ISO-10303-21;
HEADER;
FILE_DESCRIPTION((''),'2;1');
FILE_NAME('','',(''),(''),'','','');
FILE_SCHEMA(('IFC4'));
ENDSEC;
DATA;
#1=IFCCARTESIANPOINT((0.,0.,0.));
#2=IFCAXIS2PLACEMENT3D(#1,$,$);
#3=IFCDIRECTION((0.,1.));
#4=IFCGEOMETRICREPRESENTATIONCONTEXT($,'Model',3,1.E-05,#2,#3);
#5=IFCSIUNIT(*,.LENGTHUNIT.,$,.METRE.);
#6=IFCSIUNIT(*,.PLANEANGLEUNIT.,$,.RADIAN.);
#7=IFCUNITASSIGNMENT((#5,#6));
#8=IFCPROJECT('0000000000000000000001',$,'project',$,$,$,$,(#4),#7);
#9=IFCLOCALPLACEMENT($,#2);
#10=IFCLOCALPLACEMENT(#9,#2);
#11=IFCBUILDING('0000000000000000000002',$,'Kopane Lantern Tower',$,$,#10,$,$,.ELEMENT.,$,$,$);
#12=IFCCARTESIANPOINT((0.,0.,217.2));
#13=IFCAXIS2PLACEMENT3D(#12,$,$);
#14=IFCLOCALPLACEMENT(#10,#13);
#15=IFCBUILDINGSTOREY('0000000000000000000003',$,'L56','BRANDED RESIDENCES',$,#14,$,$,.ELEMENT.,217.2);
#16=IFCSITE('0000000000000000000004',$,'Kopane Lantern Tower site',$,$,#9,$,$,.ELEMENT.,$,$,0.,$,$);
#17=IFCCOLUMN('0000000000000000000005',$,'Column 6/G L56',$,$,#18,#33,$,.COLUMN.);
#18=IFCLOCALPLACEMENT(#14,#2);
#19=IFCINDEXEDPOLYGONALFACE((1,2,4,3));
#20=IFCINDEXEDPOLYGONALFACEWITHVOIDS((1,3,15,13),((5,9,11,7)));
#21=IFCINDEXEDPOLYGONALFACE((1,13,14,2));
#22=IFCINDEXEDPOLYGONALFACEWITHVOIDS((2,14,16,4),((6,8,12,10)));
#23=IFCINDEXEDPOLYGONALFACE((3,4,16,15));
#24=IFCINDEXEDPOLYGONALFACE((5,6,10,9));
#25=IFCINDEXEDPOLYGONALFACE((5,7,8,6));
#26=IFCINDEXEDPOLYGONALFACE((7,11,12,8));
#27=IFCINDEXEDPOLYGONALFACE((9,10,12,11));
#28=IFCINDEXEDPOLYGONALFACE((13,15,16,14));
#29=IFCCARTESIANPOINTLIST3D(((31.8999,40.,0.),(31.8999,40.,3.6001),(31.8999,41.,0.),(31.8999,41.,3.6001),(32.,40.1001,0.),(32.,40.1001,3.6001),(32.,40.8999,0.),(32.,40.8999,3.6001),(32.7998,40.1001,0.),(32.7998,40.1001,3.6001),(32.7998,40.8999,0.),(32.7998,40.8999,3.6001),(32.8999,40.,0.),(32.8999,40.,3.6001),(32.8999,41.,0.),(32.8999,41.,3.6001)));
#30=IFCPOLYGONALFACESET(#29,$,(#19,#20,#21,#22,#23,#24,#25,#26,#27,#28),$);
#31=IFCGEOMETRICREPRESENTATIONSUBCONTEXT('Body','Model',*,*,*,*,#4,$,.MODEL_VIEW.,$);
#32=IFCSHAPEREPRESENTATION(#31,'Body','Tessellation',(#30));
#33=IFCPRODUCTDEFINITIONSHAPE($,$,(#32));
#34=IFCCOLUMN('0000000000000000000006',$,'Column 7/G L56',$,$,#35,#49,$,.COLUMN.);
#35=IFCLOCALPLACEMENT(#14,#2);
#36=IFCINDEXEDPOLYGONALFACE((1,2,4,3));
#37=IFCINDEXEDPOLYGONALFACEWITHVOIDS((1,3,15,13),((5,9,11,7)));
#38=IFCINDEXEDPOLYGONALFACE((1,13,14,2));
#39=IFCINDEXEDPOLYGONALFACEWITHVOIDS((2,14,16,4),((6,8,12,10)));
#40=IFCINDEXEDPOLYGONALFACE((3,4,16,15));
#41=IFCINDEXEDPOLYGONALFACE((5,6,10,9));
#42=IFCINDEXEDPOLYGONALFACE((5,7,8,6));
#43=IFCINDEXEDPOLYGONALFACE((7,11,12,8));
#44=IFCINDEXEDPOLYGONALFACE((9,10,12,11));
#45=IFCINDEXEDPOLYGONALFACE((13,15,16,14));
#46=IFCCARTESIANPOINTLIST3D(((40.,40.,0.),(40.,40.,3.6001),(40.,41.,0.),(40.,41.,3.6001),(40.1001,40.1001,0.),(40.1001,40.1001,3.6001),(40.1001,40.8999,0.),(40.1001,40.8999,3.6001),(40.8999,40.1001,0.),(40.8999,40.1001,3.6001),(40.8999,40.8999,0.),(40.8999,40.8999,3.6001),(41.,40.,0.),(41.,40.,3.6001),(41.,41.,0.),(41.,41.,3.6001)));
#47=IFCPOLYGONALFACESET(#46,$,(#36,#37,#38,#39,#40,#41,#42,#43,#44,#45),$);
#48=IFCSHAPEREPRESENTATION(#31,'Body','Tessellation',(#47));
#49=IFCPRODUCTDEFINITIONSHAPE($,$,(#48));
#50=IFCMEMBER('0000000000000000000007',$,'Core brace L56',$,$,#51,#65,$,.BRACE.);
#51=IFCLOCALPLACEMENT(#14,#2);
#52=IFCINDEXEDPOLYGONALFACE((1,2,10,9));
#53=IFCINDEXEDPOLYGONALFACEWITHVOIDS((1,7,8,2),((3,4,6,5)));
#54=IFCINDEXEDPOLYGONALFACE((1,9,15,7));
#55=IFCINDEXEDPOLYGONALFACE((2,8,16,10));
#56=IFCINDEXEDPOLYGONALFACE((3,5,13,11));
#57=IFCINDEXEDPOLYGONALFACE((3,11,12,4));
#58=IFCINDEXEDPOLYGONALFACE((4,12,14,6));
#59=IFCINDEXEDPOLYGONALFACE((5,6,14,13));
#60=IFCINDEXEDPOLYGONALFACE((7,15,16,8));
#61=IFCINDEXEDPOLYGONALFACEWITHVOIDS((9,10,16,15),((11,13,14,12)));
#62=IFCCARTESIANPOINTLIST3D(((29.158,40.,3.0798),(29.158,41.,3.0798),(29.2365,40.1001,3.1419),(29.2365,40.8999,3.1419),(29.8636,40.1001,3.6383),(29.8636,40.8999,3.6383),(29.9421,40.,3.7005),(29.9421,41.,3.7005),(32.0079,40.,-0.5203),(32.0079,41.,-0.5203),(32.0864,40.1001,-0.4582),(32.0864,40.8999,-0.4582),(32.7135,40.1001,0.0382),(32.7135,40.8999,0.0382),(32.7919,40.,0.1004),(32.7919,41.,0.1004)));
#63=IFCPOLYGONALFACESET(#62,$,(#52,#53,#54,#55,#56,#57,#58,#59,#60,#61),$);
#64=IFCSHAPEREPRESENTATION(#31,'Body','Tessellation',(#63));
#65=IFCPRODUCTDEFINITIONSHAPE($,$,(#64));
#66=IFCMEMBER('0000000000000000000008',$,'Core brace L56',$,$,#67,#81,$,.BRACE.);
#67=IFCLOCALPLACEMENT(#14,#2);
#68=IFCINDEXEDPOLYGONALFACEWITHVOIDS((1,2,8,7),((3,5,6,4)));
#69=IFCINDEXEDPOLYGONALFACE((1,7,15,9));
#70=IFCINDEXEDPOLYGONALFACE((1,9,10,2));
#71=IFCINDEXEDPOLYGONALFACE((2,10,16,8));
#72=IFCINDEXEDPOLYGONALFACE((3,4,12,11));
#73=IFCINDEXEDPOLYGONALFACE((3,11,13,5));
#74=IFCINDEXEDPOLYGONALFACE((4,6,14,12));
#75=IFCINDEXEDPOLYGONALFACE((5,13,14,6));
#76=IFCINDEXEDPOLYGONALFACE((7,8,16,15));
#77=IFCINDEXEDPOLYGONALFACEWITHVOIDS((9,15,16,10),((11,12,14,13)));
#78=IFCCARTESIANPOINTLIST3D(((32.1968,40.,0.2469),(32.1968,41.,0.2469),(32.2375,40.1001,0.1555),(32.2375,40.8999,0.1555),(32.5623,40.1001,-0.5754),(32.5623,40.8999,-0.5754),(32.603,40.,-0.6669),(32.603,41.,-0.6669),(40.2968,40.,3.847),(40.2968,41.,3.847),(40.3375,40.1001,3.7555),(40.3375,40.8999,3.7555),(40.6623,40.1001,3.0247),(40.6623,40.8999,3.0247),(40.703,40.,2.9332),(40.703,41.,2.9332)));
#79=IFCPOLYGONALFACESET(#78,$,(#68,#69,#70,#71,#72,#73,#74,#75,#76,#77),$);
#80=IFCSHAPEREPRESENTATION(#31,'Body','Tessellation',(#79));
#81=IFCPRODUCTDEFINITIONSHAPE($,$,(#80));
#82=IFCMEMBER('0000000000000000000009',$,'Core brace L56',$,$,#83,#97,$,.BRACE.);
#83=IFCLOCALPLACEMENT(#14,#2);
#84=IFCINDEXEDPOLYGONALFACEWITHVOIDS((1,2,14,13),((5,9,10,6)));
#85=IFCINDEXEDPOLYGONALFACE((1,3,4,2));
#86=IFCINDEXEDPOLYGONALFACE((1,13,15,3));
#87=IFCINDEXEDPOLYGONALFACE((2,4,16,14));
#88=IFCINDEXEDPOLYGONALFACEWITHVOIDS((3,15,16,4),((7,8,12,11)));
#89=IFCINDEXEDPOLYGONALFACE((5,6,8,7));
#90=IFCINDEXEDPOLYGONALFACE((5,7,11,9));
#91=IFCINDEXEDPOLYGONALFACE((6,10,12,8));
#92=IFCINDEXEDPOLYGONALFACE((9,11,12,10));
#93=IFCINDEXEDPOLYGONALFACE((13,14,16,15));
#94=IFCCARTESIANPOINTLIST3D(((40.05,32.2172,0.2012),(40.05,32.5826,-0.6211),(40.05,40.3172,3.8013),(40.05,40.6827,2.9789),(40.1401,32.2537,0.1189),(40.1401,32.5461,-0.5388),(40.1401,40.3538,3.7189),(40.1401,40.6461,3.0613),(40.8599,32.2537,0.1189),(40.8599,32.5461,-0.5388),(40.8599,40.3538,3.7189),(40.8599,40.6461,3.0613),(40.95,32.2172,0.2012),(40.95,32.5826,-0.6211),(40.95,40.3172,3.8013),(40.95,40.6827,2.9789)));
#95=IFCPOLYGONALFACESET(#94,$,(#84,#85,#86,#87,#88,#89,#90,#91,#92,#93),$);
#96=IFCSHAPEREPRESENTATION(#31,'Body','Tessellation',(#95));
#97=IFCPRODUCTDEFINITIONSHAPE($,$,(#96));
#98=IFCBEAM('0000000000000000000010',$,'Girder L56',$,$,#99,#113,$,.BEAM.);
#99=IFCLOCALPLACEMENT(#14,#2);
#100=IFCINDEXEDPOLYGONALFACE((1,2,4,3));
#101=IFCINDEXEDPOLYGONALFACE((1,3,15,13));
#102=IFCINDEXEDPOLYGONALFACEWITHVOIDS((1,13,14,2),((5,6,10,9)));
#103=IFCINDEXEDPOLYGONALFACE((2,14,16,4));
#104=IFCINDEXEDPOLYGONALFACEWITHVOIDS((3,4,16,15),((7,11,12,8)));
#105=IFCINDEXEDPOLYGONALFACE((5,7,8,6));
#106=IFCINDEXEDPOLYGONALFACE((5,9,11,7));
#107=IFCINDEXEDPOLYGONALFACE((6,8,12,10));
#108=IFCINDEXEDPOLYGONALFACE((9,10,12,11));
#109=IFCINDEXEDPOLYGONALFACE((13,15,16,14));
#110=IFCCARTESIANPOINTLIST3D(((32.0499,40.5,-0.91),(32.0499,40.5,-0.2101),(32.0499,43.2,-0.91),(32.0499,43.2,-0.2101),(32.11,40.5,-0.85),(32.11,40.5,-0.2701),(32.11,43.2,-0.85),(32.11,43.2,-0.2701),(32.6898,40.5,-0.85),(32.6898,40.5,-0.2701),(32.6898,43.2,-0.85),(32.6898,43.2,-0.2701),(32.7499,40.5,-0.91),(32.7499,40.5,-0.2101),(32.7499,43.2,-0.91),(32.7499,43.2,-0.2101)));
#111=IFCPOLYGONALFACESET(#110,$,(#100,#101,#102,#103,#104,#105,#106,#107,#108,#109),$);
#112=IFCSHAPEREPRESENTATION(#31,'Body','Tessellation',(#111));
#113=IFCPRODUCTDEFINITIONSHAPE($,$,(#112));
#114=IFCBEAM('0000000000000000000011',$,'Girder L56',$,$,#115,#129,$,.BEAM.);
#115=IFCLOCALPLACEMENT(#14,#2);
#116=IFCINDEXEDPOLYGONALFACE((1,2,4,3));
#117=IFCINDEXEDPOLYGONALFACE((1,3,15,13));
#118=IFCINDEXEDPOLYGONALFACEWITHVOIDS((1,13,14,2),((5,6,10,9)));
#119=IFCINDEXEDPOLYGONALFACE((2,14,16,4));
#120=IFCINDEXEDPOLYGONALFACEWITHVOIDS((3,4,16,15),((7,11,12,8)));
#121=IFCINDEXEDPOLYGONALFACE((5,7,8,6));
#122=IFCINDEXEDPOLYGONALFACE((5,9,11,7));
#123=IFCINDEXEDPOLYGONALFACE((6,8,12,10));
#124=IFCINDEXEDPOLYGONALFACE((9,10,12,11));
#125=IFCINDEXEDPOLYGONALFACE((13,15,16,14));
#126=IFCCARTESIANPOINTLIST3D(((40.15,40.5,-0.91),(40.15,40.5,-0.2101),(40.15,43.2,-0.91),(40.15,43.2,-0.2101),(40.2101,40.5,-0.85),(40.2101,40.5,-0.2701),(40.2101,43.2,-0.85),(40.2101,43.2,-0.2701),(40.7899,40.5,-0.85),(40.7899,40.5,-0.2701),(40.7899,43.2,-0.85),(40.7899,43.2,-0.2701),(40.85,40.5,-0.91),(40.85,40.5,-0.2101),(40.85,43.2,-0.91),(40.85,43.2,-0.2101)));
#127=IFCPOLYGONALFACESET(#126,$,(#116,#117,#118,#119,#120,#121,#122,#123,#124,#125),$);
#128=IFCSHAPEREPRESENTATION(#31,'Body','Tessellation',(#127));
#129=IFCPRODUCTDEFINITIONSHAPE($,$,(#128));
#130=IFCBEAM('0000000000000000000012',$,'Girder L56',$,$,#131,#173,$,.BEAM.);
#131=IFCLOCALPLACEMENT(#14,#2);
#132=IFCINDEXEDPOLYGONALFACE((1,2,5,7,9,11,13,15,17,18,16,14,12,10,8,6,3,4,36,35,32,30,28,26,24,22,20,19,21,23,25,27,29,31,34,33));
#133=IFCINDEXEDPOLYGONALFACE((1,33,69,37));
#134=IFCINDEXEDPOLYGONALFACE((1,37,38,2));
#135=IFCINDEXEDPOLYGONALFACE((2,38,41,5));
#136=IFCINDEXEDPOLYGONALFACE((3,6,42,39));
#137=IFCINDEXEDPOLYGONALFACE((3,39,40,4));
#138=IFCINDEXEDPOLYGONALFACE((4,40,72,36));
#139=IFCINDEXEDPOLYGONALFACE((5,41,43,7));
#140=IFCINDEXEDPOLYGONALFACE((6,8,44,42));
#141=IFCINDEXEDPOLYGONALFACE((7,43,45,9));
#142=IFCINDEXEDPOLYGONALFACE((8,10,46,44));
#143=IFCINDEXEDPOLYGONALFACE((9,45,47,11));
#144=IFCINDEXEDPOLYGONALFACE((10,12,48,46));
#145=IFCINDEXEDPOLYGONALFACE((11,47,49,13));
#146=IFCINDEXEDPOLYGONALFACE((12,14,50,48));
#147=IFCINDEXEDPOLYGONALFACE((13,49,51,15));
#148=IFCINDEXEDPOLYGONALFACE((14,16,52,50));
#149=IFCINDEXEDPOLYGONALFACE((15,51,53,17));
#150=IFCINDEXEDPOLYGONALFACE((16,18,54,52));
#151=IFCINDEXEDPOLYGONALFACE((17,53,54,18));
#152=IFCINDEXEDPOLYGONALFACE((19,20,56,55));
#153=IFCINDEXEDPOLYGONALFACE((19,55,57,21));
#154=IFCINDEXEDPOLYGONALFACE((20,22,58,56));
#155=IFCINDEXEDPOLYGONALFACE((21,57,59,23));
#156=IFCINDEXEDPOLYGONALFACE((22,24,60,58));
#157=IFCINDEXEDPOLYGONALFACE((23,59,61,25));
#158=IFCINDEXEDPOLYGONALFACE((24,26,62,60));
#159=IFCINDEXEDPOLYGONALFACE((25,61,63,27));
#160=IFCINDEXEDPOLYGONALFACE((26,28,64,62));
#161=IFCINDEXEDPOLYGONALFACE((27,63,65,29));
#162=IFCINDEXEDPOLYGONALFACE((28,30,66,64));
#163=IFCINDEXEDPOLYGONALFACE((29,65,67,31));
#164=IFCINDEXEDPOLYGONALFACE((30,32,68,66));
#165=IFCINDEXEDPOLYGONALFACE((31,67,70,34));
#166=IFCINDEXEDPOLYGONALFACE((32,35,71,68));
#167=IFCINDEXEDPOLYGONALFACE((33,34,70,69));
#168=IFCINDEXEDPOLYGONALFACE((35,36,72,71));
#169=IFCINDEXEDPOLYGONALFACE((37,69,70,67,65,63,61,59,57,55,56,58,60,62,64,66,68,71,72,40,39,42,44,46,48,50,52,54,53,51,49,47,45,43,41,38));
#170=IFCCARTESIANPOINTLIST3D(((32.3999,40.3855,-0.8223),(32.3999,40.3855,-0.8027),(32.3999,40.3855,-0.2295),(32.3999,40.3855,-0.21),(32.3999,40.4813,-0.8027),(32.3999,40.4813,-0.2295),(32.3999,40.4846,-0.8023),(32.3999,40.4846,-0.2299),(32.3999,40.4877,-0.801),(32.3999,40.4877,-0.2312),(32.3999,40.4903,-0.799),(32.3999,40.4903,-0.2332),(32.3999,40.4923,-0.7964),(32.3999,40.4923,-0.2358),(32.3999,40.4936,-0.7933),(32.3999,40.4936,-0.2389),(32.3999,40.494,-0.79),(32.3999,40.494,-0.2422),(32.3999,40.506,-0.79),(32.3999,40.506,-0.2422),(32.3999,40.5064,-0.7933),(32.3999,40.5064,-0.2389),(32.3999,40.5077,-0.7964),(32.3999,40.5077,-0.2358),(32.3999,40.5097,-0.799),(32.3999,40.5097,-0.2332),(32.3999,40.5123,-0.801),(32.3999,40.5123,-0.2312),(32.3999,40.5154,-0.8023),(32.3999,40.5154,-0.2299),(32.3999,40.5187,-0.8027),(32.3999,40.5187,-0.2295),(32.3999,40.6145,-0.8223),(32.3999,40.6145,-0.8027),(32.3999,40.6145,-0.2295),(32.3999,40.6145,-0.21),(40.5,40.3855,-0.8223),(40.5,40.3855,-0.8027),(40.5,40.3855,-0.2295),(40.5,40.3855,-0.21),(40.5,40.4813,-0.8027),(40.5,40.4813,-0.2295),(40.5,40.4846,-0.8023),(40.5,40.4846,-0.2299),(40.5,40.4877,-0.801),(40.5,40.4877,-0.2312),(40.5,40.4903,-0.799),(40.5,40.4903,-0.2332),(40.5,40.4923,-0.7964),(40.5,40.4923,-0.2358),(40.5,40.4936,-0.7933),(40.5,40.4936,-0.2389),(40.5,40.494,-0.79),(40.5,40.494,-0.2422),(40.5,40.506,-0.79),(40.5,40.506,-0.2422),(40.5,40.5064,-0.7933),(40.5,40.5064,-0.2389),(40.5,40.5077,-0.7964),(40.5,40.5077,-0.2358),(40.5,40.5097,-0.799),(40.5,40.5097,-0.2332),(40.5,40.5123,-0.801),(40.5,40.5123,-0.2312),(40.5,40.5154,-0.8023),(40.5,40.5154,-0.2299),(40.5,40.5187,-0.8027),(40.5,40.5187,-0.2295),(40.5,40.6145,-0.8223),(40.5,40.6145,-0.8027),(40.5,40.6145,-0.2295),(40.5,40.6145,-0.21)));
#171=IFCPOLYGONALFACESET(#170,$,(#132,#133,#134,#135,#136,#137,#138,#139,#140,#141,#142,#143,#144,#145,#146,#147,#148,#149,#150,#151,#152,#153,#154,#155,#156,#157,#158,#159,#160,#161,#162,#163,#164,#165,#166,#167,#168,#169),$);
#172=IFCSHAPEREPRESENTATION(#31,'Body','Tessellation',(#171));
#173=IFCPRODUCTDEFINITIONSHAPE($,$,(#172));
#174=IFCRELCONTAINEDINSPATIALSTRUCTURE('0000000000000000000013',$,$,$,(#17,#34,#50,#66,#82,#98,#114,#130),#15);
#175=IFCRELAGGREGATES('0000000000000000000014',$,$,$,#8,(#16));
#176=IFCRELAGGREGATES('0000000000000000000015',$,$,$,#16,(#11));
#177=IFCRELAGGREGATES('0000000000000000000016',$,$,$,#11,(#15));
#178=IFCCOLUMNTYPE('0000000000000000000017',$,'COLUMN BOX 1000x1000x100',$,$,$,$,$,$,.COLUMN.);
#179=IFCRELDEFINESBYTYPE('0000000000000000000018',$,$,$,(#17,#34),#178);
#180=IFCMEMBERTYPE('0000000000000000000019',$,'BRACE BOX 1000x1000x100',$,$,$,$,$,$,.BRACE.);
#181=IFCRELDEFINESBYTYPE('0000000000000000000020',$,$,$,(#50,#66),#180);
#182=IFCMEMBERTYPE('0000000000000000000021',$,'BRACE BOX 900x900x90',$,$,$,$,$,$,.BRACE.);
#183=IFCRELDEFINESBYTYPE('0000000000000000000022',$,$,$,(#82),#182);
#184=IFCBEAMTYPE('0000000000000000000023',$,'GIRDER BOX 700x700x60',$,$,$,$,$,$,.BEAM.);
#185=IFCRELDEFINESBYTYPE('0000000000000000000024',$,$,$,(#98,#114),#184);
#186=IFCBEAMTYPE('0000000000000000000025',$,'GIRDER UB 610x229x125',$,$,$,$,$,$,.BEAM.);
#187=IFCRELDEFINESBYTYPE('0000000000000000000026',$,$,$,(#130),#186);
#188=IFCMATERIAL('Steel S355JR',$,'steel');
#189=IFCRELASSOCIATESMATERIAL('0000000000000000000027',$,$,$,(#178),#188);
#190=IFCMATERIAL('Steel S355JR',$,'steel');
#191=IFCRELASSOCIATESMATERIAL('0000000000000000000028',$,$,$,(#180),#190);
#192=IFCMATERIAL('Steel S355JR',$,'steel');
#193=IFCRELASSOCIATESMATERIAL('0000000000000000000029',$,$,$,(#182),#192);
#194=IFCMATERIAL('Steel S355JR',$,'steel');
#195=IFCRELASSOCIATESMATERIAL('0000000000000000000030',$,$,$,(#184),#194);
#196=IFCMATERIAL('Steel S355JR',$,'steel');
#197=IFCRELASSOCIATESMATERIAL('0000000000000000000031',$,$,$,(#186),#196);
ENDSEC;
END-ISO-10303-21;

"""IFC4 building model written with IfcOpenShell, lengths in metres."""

from ifc_helpers import new_model, si_unit, direction, frame, origin, origin_2d, place, context, subcontext, project, spatial, hollow_rectangle, i_section, extrude, material, material_profile, profile_set, type_object, element, save


model = new_model("IFC4")

# Units and contexts
model_context = context("Model", 3, precision=1e-05, world=origin(), true_north=direction((0.0, 1.0)))
body_context = subcontext(model_context, "Body", "Model", "MODEL_VIEW")
ifc_project = project(units=[si_unit("LENGTHUNIT", "METRE"), si_unit("PLANEANGLEUNIT", "RADIAN")], contexts=[model_context])

# Site, building, storey
site_placement = place(None, origin())
site = spatial("IfcSite", under=ifc_project, at=site_placement, Name="Kopane Lantern Tower site", CompositionType="ELEMENT", RefElevation=0.0)
building_placement = place(site_placement, origin())
building = spatial("IfcBuilding", under=site, at=building_placement, Name="Kopane Lantern Tower", CompositionType="ELEMENT")
storey_placement = place(building_placement, frame((0.0, 0.0, 217.2)))
storey = spatial("IfcBuildingStorey", under=building, at=storey_placement, Name="L56", Description="BRANDED RESIDENCES", CompositionType="ELEMENT", Elevation=217.2)

# Columns
ifc_material_1 = material(Name="Steel S355JR", Category="steel")
ifc_material_profile_1 = material_profile(ifc_material_1, hollow_rectangle(XDim=1.0, YDim=1.0, WallThickness=0.1001, at=origin_2d()), Name="BOX 1000x1000x100")
ifc_profile_set_1 = profile_set([ifc_material_profile_1], Name="Steel S355JR")
column_type = type_object("IfcColumnType", Name="COLUMN BOX 1000x1000x100", PredefinedType="COLUMN", material=ifc_profile_set_1)
for number, where, z_axis, x_axis, name in (
    (1, (32.3999, 40.5, 0.0), (0.0, 0.0, 1.0), (1.0, 0.0, 0.0), "Column 6/G L56"),
    (2, (40.5, 40.5, 0.0), (0.0, 0.0, 1.0), (1.0, 0.0, 0.0), "Column 7/G L56"),
):
    element("IfcColumn", number, at=place(storey_placement, frame(where, z_axis=z_axis, x_axis=x_axis)), inside=storey, type_object=column_type, Name=name, PredefinedType="COLUMN", context=body_context, shape_type="SweptSolid", body=[
        extrude(hollow_rectangle(XDim=1.0, YDim=1.0, WallThickness=0.1001, at=origin_2d()), origin(), (0.0, 0.0, 1.0), 3.6001),
    ])

# Members
ifc_material_2 = material(Name="Steel S355JR", Category="steel")
ifc_material_profile_2 = material_profile(ifc_material_2, hollow_rectangle(XDim=1.0, YDim=1.0, WallThickness=0.1001, at=origin_2d()), Name="BOX 1000x1000x100")
ifc_profile_set_2 = profile_set([ifc_material_profile_2], Name="Steel S355JR")
member_type_1 = type_object("IfcMemberType", Name="BRACE BOX 1000x1000x100", PredefinedType="BRACE", material=ifc_profile_set_2)
member_1_placement = place(storey_placement, frame((32.3999, 40.5, -0.21), z_axis=(-0.620673, 0.0, 0.78407), x_axis=(0.0, -1.0, 0.0)))
element("IfcMember", 3, at=member_1_placement, inside=storey, type_object=member_type_1, Name="Core brace L56", PredefinedType="BRACE", context=body_context, shape_type="SweptSolid", body=[
    extrude(hollow_rectangle(XDim=1.0, YDim=1.0, WallThickness=0.1001, at=origin_2d()), origin(), (0.0, 0.0, 1.0), 4.5916),
])
member_2_placement = place(storey_placement, frame((32.3999, 40.5, -0.21), z_axis=(0.913809, 0.0, 0.406144), x_axis=(0.0, 1.0, 0.0)))
element("IfcMember", 4, at=member_2_placement, inside=storey, type_object=member_type_1, Name="Core brace L56", PredefinedType="BRACE", context=body_context, shape_type="SweptSolid", body=[
    extrude(hollow_rectangle(XDim=1.0, YDim=1.0, WallThickness=0.1001, at=origin_2d()), origin(), (0.0, 0.0, 1.0), 8.864),
])
ifc_material_3 = material(Name="Steel S355JR", Category="steel")
ifc_material_profile_3 = material_profile(ifc_material_3, hollow_rectangle(XDim=0.8999, YDim=0.8999, WallThickness=0.0901, at=origin_2d()), Name="BOX 900x900x90")
ifc_profile_set_3 = profile_set([ifc_material_profile_3], Name="Steel S355JR")
member_type_2 = type_object("IfcMemberType", Name="BRACE BOX 900x900x90", PredefinedType="BRACE", material=ifc_profile_set_3)
member_3_placement = place(storey_placement, frame((40.5, 32.3999, -0.21), z_axis=(0.0, 0.913809, 0.406144), x_axis=(-1.0, 0.0, 0.0)))
element("IfcMember", 5, at=member_3_placement, inside=storey, type_object=member_type_2, Name="Core brace L56", PredefinedType="BRACE", context=body_context, shape_type="SweptSolid", body=[
    extrude(hollow_rectangle(XDim=0.8999, YDim=0.8999, WallThickness=0.0901, at=origin_2d()), origin(), (0.0, 0.0, 1.0), 8.864),
])

# Beams
ifc_material_4 = material(Name="Steel S355JR", Category="steel")
ifc_material_profile_4 = material_profile(ifc_material_4, hollow_rectangle(XDim=0.7, YDim=0.7, WallThickness=0.0601, at=origin_2d()), Name="BOX 700x700x60")
ifc_profile_set_4 = profile_set([ifc_material_profile_4], Name="Steel S355JR")
beam_type_1 = type_object("IfcBeamType", Name="GIRDER BOX 700x700x60", PredefinedType="BEAM", material=ifc_profile_set_4)
for number, where, z_axis, x_axis, name in (
    (6, (32.3999, 40.5, -0.5601), (0.0, 1.0, 0.0), (-1.0, 0.0, 0.0), "Girder L56"),
    (7, (40.5, 40.5, -0.5601), (0.0, 1.0, 0.0), (-1.0, 0.0, 0.0), "Girder L56"),
):
    element("IfcBeam", number, at=place(storey_placement, frame(where, z_axis=z_axis, x_axis=x_axis)), inside=storey, type_object=beam_type_1, Name=name, PredefinedType="BEAM", context=body_context, shape_type="SweptSolid", body=[
        extrude(hollow_rectangle(XDim=0.7, YDim=0.7, WallThickness=0.0601, at=origin_2d()), origin(), (0.0, 0.0, 1.0), 2.7),
    ])
ifc_material_5 = material(Name="Steel S355JR", Category="steel")
ifc_material_profile_5 = material_profile(ifc_material_5, i_section(OverallWidth=0.229, OverallDepth=0.6123, WebThickness=0.012, FlangeThickness=0.0195, FilletRadius=0.0127, at=origin_2d()), Name="UB 610x229x125")
ifc_profile_set_5 = profile_set([ifc_material_profile_5], Name="Steel S355JR")
beam_type_2 = type_object("IfcBeamType", Name="GIRDER UB 610x229x125", PredefinedType="BEAM", material=ifc_profile_set_5)
for number, where, z_axis, x_axis, name in (
    (8, (32.3999, 40.5, -0.5161), (1.0, 0.0, 0.0), (0.0, 1.0, 0.0), "Girder L56"),
):
    element("IfcBeam", number, at=place(storey_placement, frame(where, z_axis=z_axis, x_axis=x_axis)), inside=storey, type_object=beam_type_2, Name=name, PredefinedType="BEAM", context=body_context, shape_type="SweptSolid", body=[
        extrude(i_section(OverallWidth=0.229, OverallDepth=0.6123, WebThickness=0.012, FlangeThickness=0.0195, FilletRadius=0.0127, at=origin_2d()), origin(), (0.0, 0.0, 1.0), 8.1001),
    ])

save(model, "model.ifc")
